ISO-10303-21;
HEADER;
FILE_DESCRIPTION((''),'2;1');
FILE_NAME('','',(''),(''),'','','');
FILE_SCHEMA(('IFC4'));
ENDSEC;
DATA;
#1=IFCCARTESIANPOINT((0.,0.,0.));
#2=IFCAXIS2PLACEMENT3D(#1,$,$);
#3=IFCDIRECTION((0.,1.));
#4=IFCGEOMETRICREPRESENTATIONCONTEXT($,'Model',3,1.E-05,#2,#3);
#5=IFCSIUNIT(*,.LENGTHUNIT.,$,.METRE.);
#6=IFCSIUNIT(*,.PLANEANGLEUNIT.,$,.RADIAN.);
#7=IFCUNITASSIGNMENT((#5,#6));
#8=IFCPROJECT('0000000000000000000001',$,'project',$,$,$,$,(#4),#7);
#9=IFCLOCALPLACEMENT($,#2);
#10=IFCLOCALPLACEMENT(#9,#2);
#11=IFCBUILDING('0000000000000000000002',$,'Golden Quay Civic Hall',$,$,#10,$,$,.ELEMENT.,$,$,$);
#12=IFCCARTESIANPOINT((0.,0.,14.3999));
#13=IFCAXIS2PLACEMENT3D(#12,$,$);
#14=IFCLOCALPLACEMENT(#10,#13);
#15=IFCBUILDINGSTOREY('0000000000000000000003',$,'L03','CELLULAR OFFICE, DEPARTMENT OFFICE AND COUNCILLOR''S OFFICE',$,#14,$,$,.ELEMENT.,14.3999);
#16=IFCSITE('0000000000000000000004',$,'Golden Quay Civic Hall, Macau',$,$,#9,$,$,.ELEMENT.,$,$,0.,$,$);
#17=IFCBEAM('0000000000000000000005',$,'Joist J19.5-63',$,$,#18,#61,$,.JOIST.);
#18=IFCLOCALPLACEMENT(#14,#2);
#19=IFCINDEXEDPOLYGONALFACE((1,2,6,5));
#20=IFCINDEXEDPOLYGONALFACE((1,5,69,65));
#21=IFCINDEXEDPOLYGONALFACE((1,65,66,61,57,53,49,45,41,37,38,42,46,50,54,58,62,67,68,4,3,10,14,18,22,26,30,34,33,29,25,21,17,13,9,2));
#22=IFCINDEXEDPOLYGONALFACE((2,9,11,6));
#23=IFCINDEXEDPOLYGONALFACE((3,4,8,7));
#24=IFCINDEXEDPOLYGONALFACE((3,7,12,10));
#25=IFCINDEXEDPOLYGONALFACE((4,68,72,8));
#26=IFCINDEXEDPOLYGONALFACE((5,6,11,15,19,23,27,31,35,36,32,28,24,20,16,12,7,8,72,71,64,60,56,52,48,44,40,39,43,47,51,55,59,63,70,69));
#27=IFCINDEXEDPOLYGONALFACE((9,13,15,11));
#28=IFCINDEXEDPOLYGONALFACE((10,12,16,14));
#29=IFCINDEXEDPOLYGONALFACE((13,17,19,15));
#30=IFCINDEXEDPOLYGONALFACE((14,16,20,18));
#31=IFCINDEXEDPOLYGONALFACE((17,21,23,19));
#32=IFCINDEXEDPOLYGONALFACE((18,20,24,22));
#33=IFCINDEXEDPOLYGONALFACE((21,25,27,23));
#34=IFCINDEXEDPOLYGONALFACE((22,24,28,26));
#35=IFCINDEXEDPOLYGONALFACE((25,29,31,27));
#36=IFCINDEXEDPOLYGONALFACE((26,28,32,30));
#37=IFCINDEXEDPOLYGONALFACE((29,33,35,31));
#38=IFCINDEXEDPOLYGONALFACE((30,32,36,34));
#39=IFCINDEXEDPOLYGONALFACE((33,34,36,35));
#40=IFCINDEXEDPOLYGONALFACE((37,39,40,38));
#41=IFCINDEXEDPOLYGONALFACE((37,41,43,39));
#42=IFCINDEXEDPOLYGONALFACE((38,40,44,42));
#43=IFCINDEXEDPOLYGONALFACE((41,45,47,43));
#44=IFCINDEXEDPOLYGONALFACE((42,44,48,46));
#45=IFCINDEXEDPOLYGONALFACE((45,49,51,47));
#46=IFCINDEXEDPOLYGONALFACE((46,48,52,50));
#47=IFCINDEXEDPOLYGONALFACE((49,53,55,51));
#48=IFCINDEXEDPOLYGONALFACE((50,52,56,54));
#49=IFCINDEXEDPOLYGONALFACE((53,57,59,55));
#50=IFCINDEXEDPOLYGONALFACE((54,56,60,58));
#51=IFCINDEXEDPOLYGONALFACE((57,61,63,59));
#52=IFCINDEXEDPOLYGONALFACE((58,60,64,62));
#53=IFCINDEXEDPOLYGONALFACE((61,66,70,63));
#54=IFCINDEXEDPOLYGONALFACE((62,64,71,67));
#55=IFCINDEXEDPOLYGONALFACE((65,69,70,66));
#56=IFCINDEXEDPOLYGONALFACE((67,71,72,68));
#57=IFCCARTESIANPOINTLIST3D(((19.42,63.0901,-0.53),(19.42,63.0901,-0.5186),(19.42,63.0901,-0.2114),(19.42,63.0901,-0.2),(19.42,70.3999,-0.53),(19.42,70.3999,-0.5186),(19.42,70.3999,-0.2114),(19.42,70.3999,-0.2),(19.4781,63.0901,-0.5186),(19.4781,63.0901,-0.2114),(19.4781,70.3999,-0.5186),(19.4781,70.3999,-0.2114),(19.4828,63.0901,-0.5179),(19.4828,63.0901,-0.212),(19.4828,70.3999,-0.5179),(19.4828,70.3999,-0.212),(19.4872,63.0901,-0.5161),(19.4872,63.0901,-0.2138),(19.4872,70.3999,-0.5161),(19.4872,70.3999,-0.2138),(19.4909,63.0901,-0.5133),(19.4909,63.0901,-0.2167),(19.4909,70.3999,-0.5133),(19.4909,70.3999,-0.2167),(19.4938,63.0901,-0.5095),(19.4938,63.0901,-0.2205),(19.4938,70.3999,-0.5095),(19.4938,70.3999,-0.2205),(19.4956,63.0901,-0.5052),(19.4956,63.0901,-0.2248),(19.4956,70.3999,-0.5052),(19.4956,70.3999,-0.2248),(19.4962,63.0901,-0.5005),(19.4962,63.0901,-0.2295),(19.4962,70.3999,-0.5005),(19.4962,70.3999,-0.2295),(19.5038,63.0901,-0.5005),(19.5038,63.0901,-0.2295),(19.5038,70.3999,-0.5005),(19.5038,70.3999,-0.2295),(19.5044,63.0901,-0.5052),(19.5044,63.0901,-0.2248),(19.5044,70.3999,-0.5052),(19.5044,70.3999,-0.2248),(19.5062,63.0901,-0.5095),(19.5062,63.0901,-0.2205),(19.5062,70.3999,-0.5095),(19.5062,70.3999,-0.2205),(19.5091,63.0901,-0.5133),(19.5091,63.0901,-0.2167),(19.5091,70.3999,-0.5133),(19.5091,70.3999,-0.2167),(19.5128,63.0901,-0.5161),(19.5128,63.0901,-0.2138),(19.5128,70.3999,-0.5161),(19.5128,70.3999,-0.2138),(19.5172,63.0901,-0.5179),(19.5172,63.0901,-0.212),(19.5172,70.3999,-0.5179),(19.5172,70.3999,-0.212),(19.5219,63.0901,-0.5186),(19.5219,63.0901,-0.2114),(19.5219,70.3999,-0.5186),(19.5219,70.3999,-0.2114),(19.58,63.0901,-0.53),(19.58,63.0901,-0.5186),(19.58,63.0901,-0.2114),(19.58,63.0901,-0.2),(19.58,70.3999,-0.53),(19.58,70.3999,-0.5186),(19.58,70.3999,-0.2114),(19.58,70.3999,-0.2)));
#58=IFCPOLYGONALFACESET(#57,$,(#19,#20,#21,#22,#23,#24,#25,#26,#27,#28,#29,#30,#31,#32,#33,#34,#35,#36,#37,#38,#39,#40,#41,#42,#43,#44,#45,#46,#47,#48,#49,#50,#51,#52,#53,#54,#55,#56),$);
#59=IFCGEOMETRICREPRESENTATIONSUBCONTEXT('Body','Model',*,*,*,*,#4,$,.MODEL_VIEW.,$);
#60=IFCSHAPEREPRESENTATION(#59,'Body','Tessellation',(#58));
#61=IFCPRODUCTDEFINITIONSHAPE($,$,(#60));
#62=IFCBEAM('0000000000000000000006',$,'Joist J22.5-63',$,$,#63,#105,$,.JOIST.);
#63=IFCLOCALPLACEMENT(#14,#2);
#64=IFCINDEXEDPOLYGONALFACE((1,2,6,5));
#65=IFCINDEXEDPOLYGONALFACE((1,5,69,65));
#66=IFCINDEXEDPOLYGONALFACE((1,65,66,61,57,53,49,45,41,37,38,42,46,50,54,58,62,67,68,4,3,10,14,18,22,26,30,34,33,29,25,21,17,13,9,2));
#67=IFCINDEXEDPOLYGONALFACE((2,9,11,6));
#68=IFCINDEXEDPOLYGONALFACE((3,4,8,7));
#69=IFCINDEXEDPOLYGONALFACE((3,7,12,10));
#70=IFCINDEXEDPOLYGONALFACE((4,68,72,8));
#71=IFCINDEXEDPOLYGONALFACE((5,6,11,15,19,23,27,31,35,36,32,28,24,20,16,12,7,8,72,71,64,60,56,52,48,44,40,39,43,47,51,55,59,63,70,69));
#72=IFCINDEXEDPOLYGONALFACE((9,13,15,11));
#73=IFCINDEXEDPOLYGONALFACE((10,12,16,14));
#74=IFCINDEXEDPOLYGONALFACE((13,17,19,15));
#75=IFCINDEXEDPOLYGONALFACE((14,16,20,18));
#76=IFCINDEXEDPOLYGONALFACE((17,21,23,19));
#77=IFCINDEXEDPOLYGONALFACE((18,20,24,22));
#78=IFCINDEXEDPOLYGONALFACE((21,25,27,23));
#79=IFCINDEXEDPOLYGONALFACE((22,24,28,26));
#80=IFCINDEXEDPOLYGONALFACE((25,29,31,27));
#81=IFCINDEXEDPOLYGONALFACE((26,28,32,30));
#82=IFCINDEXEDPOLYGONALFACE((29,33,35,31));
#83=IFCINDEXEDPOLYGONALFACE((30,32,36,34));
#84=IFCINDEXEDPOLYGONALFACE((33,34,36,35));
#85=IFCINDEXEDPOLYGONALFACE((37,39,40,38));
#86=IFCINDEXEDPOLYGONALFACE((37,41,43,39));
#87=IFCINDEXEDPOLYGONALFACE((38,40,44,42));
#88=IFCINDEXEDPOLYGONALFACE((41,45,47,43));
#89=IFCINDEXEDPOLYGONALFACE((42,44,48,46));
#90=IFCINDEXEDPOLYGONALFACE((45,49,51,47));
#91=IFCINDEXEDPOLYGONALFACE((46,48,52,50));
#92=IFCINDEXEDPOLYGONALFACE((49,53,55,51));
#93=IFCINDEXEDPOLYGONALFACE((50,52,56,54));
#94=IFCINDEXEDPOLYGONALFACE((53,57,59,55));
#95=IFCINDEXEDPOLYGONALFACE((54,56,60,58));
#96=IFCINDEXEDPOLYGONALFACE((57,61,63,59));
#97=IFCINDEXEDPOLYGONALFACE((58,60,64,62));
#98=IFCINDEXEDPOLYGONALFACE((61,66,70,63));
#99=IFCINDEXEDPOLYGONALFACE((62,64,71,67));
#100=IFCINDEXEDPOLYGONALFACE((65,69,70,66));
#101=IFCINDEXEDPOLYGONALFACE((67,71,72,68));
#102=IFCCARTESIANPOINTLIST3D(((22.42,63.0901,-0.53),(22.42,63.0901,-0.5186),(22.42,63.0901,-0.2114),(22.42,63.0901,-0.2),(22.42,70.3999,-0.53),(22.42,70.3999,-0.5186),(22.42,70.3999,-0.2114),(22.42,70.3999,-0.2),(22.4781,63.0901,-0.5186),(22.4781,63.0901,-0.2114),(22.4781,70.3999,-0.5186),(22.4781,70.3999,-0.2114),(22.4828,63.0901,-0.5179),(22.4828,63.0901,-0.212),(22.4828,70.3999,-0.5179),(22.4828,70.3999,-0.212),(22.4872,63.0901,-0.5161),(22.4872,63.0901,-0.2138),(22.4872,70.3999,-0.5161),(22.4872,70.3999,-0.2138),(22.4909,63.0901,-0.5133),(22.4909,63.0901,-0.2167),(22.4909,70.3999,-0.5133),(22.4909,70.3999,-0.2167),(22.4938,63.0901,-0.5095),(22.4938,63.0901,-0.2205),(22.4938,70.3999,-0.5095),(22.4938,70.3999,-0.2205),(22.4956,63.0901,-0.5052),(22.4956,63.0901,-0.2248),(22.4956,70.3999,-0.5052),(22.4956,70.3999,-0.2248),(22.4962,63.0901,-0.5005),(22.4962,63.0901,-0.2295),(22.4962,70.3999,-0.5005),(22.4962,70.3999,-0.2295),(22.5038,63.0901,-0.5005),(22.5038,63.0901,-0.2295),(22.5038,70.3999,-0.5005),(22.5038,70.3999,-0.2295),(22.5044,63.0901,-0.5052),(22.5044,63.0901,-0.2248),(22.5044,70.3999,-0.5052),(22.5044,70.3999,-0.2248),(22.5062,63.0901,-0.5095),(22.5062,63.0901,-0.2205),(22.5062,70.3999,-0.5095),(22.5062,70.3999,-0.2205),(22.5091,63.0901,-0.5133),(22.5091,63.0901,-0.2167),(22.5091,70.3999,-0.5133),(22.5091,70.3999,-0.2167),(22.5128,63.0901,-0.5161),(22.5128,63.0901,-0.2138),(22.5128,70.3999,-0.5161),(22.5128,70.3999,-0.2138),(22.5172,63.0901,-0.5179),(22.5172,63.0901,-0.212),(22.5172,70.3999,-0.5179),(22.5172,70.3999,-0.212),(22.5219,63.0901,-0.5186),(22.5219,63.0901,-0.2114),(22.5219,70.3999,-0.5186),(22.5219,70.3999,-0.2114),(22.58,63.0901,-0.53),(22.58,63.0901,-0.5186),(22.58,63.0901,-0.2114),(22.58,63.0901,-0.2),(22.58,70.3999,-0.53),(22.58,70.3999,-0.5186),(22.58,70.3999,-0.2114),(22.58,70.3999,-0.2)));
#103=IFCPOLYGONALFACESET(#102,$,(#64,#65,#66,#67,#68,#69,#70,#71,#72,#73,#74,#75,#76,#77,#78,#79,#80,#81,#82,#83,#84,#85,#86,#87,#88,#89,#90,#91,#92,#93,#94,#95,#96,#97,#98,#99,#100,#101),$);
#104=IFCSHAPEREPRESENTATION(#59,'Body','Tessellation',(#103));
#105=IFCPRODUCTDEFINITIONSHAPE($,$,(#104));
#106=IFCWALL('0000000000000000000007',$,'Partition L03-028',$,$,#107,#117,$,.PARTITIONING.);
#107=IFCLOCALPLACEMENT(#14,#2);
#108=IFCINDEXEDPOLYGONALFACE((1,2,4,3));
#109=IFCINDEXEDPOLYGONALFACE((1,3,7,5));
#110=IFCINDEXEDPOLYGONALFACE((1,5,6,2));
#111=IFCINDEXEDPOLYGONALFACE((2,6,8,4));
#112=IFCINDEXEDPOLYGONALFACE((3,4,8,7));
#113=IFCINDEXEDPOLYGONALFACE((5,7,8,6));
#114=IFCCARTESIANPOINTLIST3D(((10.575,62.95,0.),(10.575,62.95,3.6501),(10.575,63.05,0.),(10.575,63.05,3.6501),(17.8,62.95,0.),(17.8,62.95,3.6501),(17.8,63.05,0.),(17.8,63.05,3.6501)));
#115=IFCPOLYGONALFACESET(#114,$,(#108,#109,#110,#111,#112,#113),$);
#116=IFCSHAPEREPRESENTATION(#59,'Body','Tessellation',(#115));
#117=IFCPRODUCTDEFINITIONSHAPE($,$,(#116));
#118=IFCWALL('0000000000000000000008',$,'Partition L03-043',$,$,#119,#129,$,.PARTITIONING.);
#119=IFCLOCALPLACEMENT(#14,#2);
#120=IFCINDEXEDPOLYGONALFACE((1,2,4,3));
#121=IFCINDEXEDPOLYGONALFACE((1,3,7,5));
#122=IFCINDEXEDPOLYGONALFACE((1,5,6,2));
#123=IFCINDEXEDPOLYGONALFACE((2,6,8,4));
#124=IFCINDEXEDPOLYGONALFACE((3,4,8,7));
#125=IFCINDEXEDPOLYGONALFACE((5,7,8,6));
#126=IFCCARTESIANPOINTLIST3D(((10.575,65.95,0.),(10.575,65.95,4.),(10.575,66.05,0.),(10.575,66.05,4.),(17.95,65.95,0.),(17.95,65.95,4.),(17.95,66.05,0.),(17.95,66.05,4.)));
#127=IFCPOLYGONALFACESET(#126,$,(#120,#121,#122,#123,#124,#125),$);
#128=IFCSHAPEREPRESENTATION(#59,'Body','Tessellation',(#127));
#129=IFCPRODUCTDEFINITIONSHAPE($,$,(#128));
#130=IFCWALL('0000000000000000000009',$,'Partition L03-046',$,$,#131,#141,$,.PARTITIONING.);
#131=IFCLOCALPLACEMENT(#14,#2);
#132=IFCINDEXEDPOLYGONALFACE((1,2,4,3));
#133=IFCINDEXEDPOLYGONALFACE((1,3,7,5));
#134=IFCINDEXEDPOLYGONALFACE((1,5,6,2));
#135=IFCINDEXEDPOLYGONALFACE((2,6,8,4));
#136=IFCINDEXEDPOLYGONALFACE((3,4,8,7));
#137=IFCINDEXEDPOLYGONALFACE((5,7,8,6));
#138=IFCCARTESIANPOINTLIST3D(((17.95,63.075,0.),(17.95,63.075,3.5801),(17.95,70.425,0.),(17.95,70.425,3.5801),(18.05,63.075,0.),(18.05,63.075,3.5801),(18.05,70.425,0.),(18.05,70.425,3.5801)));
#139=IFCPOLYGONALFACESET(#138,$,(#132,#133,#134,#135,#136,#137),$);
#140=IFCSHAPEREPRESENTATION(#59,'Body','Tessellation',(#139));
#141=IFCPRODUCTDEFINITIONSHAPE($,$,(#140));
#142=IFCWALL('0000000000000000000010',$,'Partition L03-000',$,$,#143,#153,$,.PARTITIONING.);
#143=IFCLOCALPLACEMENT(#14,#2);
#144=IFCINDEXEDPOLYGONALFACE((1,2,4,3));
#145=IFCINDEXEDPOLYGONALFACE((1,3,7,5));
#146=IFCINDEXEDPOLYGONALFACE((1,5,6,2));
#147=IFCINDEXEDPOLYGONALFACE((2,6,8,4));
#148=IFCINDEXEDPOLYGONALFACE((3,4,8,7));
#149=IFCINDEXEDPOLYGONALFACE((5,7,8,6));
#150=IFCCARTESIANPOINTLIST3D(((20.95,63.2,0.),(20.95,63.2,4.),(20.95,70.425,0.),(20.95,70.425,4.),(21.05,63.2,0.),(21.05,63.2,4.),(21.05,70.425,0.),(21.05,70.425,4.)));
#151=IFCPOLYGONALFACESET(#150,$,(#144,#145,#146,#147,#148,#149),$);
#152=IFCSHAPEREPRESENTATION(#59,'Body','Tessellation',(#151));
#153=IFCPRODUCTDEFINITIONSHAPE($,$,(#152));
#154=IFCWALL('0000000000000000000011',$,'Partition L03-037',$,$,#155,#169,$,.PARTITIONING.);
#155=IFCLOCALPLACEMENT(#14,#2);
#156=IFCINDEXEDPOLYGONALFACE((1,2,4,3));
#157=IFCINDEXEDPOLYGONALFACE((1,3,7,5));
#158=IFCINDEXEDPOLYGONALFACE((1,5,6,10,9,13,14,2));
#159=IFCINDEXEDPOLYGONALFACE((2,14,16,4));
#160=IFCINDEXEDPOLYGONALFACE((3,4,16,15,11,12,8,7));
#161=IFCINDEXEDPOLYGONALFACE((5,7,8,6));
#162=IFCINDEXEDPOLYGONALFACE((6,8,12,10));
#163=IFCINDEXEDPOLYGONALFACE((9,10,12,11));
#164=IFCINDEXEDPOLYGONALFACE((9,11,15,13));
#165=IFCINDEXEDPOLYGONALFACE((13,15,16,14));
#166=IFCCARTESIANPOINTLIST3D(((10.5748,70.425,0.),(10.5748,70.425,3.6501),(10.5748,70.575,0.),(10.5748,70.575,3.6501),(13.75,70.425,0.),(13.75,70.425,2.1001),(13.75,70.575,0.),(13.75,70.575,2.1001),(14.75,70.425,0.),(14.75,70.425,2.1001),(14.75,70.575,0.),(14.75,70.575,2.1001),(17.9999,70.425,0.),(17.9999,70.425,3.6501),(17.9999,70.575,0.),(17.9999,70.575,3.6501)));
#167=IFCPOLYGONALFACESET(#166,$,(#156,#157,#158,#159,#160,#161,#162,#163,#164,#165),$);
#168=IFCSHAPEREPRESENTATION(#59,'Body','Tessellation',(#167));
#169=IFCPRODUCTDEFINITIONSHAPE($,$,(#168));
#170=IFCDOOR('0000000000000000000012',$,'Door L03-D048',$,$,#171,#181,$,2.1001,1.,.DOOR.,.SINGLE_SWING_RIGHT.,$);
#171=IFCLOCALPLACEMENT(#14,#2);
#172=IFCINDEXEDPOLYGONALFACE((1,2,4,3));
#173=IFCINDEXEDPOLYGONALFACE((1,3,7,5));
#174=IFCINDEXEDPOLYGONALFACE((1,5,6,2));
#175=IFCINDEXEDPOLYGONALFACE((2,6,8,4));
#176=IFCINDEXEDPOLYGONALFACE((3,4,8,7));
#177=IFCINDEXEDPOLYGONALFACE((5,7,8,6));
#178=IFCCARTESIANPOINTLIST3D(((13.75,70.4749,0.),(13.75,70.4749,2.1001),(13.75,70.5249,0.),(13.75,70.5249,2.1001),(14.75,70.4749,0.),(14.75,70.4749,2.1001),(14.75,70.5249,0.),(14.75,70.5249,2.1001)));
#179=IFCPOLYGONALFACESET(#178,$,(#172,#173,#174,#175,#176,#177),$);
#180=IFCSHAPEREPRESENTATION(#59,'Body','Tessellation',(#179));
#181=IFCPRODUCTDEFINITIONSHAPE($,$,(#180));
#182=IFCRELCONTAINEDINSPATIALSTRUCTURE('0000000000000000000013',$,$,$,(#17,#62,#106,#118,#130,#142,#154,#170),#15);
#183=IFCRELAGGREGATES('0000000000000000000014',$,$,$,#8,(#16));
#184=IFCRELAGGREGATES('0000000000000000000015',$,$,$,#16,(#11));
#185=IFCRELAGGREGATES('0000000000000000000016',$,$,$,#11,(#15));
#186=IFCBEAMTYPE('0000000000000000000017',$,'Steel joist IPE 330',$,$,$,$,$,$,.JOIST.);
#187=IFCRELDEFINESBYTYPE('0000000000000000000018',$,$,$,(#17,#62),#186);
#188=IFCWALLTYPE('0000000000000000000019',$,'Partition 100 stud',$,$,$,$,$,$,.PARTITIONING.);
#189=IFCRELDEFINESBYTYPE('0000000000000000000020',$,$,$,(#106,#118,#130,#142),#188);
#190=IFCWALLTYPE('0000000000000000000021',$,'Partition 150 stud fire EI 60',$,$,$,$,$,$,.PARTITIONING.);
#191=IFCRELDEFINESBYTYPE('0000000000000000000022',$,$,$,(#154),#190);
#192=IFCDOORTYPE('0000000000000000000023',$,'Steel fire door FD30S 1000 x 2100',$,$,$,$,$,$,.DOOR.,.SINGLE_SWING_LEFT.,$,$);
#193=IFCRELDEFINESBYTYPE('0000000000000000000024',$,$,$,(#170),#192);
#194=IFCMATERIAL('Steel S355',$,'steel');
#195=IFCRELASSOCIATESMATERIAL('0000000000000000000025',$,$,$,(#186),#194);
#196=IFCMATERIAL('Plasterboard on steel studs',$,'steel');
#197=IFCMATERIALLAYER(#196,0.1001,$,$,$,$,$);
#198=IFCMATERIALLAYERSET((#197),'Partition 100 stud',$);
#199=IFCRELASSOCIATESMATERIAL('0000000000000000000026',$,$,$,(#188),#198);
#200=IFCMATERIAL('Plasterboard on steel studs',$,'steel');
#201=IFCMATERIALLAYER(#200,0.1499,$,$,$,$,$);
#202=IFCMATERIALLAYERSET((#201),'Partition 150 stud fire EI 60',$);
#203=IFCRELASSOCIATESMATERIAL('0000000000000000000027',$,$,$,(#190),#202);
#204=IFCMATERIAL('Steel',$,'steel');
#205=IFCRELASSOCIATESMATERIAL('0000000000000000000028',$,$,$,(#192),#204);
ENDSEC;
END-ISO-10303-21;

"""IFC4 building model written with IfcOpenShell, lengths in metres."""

from ifc_helpers import new_model, si_unit, direction, frame, frame_2d, origin, origin_2d, place, context, subcontext, project, spatial, rectangle, i_section, extrude, material, layer, layer_set, material_profile, profile_set, type_object, element, fill, save


model = new_model("IFC4")

# Units and contexts
model_context = context("Model", 3, precision=1e-05, world=origin(), true_north=direction((0.0, 1.0)))
body_context = subcontext(model_context, "Body", "Model", "MODEL_VIEW")
ifc_project = project(units=[si_unit("LENGTHUNIT", "METRE"), si_unit("PLANEANGLEUNIT", "RADIAN")], contexts=[model_context])

# Site, building, storey
site_placement = place(None, origin())
site = spatial("IfcSite", under=ifc_project, at=site_placement, Name="Golden Quay Civic Hall, Macau", CompositionType="ELEMENT", RefElevation=0.0)
building_placement = place(site_placement, origin())
building = spatial("IfcBuilding", under=site, at=building_placement, Name="Golden Quay Civic Hall", CompositionType="ELEMENT")
storey_placement = place(building_placement, frame((0.0, 0.0, 14.3999)))
storey = spatial("IfcBuildingStorey", under=building, at=storey_placement, Name="L03", Description="CELLULAR OFFICE, DEPARTMENT OFFICE AND COUNCILLOR'S OFFICE", CompositionType="ELEMENT", Elevation=14.3999)

# Beams
ifc_material_1 = material(Name="Steel S355", Category="steel")
ifc_material_profile_1 = material_profile(ifc_material_1, i_section(OverallWidth=0.1599, OverallDepth=0.3301, WebThickness=0.0076, FlangeThickness=0.0115, FilletRadius=0.0181, at=origin_2d()), Name="IPE 330")
ifc_profile_set_1 = profile_set([ifc_material_profile_1], Name="Steel S355")
beam_type_1 = type_object("IfcBeamType", Name="Steel joist IPE 330", PredefinedType="JOIST", material=ifc_profile_set_1)
for number, where, z_axis, x_axis, name in (
    (1, (19.5, 63.0901, -0.365), (0.0, 1.0, 0.0), (-1.0, 0.0, 0.0), "Joist J19.5-63"),
    (2, (22.5, 63.0901, -0.365), (0.0, 1.0, 0.0), (-1.0, 0.0, 0.0), "Joist J22.5-63"),
):
    element("IfcBeam", number, at=place(storey_placement, frame(where, z_axis=z_axis, x_axis=x_axis)), inside=storey, type_object=beam_type_1, Name=name, PredefinedType="JOIST", context=body_context, shape_type="SweptSolid", body=[
        extrude(i_section(OverallWidth=0.1599, OverallDepth=0.3301, WebThickness=0.0076, FlangeThickness=0.0115, FilletRadius=0.0181, at=origin_2d()), origin(), (0.0, 0.0, 1.0), 7.3098),
    ])

# Walls
ifc_material_2 = material(Name="Plasterboard on steel studs", Category="steel")
ifc_layer_1 = layer(ifc_material_2, 0.1001)
ifc_layer_set_1 = layer_set([ifc_layer_1], Name="Partition 100 stud")
wall_type_1 = type_object("IfcWallType", Name="Partition 100 stud", PredefinedType="PARTITIONING", material=ifc_layer_set_1)
wall_1_placement = place(storey_placement, frame((10.575, 63.0, 0.0), z_axis=(0.0, 0.0, 1.0), x_axis=(1.0, 0.0, 0.0)))
element("IfcWall", 3, at=wall_1_placement, inside=storey, type_object=wall_type_1, Name="Partition L03-028", PredefinedType="PARTITIONING", context=body_context, shape_type="SweptSolid", body=[
    extrude(rectangle(XDim=7.2251, YDim=0.1001, at=frame_2d((3.6125, 0.0))), origin(), (0.0, 0.0, 1.0), 3.6501),
])
wall_2_placement = place(storey_placement, frame((10.575, 66.0, 0.0), z_axis=(0.0, 0.0, 1.0), x_axis=(1.0, 0.0, 0.0)))
element("IfcWall", 4, at=wall_2_placement, inside=storey, type_object=wall_type_1, Name="Partition L03-043", PredefinedType="PARTITIONING", context=body_context, shape_type="SweptSolid", body=[
    extrude(rectangle(XDim=7.375, YDim=0.1001, at=frame_2d((3.6875, 0.0))), origin(), (0.0, 0.0, 1.0), 4.0),
])
wall_3_placement = place(storey_placement, frame((18.0, 63.075, 0.0), z_axis=(0.0, 0.0, 1.0), x_axis=(0.0, 1.0, 0.0)))
element("IfcWall", 5, at=wall_3_placement, inside=storey, type_object=wall_type_1, Name="Partition L03-046", PredefinedType="PARTITIONING", context=body_context, shape_type="SweptSolid", body=[
    extrude(rectangle(XDim=7.3501, YDim=0.1001, at=frame_2d((3.675, 0.0))), origin(), (0.0, 0.0, 1.0), 3.5801),
])
wall_4_placement = place(storey_placement, frame((21.0, 63.2, 0.0), z_axis=(0.0, 0.0, 1.0), x_axis=(0.0, 1.0, 0.0)))
element("IfcWall", 6, at=wall_4_placement, inside=storey, type_object=wall_type_1, Name="Partition L03-000", PredefinedType="PARTITIONING", context=body_context, shape_type="SweptSolid", body=[
    extrude(rectangle(XDim=7.2251, YDim=0.1001, at=frame_2d((3.6125, 0.0))), origin(), (0.0, 0.0, 1.0), 4.0),
])

# Wall, opening, door
ifc_material_3 = material(Name="Plasterboard on steel studs", Category="steel")
ifc_layer_2 = layer(ifc_material_3, 0.1499)
ifc_layer_set_2 = layer_set([ifc_layer_2], Name="Partition 150 stud fire EI 60")
wall_type_2 = type_object("IfcWallType", Name="Partition 150 stud fire EI 60", PredefinedType="PARTITIONING", material=ifc_layer_set_2)
wall_5_placement = place(storey_placement, frame((10.575, 70.5, 0.0), z_axis=(0.0, 0.0, 1.0), x_axis=(1.0, 0.0, 0.0)))
wall_5 = element("IfcWall", 7, at=wall_5_placement, inside=storey, type_object=wall_type_2, Name="Partition L03-037", PredefinedType="PARTITIONING", context=body_context, shape_type="SweptSolid", body=[
    extrude(rectangle(XDim=7.425, YDim=0.1499, at=frame_2d((3.7124, 0.0))), origin(), (0.0, 0.0, 1.0), 3.6501),
])
opening_1_placement = place(wall_5_placement, frame((3.175, 0.0, 0.0)))
opening_1 = element("IfcOpeningElement", 8, at=opening_1_placement, cuts=wall_5, PredefinedType="OPENING", context=body_context, shape_type="SweptSolid", body=[
    extrude(rectangle(XDim=1.0, YDim=2.1001, at=frame_2d((0.5, 1.05))), frame((0.0, 0.085, 0.0), z_axis=(0.0, -1.0, 0.0), x_axis=(1.0, 0.0, 0.0)), (0.0, 0.0, 1.0), 0.1699),
])
ifc_material_4 = material(Name="Steel", Category="steel")
door_type_1 = type_object("IfcDoorType", Name="Steel fire door FD30S 1000 x 2100", OperationType="SINGLE_SWING_LEFT", PredefinedType="DOOR", material=ifc_material_4)
door_1_placement = place(opening_1_placement, frame((1.0, 0.0, 0.0), z_axis=(0.0, 0.0, 1.0), x_axis=(-1.0, 0.0, 0.0)))
door_1 = element("IfcDoor", 9, at=door_1_placement, inside=storey, type_object=door_type_1, Name="Door L03-D048", OperationType="SINGLE_SWING_RIGHT", OverallHeight=2.1001, OverallWidth=1.0, PredefinedType="DOOR", context=body_context, shape_type="SweptSolid", body=[
    extrude(rectangle(XDim=1.0, YDim=2.1001, at=frame_2d((0.5, 1.05))), frame((0.0, 0.0251, 0.0), z_axis=(0.0, -1.0, 0.0), x_axis=(1.0, 0.0, 0.0)), (0.0, 0.0, 1.0), 0.05),
])
fill(opening_1, door_1)

save(model, "model.ifc")
